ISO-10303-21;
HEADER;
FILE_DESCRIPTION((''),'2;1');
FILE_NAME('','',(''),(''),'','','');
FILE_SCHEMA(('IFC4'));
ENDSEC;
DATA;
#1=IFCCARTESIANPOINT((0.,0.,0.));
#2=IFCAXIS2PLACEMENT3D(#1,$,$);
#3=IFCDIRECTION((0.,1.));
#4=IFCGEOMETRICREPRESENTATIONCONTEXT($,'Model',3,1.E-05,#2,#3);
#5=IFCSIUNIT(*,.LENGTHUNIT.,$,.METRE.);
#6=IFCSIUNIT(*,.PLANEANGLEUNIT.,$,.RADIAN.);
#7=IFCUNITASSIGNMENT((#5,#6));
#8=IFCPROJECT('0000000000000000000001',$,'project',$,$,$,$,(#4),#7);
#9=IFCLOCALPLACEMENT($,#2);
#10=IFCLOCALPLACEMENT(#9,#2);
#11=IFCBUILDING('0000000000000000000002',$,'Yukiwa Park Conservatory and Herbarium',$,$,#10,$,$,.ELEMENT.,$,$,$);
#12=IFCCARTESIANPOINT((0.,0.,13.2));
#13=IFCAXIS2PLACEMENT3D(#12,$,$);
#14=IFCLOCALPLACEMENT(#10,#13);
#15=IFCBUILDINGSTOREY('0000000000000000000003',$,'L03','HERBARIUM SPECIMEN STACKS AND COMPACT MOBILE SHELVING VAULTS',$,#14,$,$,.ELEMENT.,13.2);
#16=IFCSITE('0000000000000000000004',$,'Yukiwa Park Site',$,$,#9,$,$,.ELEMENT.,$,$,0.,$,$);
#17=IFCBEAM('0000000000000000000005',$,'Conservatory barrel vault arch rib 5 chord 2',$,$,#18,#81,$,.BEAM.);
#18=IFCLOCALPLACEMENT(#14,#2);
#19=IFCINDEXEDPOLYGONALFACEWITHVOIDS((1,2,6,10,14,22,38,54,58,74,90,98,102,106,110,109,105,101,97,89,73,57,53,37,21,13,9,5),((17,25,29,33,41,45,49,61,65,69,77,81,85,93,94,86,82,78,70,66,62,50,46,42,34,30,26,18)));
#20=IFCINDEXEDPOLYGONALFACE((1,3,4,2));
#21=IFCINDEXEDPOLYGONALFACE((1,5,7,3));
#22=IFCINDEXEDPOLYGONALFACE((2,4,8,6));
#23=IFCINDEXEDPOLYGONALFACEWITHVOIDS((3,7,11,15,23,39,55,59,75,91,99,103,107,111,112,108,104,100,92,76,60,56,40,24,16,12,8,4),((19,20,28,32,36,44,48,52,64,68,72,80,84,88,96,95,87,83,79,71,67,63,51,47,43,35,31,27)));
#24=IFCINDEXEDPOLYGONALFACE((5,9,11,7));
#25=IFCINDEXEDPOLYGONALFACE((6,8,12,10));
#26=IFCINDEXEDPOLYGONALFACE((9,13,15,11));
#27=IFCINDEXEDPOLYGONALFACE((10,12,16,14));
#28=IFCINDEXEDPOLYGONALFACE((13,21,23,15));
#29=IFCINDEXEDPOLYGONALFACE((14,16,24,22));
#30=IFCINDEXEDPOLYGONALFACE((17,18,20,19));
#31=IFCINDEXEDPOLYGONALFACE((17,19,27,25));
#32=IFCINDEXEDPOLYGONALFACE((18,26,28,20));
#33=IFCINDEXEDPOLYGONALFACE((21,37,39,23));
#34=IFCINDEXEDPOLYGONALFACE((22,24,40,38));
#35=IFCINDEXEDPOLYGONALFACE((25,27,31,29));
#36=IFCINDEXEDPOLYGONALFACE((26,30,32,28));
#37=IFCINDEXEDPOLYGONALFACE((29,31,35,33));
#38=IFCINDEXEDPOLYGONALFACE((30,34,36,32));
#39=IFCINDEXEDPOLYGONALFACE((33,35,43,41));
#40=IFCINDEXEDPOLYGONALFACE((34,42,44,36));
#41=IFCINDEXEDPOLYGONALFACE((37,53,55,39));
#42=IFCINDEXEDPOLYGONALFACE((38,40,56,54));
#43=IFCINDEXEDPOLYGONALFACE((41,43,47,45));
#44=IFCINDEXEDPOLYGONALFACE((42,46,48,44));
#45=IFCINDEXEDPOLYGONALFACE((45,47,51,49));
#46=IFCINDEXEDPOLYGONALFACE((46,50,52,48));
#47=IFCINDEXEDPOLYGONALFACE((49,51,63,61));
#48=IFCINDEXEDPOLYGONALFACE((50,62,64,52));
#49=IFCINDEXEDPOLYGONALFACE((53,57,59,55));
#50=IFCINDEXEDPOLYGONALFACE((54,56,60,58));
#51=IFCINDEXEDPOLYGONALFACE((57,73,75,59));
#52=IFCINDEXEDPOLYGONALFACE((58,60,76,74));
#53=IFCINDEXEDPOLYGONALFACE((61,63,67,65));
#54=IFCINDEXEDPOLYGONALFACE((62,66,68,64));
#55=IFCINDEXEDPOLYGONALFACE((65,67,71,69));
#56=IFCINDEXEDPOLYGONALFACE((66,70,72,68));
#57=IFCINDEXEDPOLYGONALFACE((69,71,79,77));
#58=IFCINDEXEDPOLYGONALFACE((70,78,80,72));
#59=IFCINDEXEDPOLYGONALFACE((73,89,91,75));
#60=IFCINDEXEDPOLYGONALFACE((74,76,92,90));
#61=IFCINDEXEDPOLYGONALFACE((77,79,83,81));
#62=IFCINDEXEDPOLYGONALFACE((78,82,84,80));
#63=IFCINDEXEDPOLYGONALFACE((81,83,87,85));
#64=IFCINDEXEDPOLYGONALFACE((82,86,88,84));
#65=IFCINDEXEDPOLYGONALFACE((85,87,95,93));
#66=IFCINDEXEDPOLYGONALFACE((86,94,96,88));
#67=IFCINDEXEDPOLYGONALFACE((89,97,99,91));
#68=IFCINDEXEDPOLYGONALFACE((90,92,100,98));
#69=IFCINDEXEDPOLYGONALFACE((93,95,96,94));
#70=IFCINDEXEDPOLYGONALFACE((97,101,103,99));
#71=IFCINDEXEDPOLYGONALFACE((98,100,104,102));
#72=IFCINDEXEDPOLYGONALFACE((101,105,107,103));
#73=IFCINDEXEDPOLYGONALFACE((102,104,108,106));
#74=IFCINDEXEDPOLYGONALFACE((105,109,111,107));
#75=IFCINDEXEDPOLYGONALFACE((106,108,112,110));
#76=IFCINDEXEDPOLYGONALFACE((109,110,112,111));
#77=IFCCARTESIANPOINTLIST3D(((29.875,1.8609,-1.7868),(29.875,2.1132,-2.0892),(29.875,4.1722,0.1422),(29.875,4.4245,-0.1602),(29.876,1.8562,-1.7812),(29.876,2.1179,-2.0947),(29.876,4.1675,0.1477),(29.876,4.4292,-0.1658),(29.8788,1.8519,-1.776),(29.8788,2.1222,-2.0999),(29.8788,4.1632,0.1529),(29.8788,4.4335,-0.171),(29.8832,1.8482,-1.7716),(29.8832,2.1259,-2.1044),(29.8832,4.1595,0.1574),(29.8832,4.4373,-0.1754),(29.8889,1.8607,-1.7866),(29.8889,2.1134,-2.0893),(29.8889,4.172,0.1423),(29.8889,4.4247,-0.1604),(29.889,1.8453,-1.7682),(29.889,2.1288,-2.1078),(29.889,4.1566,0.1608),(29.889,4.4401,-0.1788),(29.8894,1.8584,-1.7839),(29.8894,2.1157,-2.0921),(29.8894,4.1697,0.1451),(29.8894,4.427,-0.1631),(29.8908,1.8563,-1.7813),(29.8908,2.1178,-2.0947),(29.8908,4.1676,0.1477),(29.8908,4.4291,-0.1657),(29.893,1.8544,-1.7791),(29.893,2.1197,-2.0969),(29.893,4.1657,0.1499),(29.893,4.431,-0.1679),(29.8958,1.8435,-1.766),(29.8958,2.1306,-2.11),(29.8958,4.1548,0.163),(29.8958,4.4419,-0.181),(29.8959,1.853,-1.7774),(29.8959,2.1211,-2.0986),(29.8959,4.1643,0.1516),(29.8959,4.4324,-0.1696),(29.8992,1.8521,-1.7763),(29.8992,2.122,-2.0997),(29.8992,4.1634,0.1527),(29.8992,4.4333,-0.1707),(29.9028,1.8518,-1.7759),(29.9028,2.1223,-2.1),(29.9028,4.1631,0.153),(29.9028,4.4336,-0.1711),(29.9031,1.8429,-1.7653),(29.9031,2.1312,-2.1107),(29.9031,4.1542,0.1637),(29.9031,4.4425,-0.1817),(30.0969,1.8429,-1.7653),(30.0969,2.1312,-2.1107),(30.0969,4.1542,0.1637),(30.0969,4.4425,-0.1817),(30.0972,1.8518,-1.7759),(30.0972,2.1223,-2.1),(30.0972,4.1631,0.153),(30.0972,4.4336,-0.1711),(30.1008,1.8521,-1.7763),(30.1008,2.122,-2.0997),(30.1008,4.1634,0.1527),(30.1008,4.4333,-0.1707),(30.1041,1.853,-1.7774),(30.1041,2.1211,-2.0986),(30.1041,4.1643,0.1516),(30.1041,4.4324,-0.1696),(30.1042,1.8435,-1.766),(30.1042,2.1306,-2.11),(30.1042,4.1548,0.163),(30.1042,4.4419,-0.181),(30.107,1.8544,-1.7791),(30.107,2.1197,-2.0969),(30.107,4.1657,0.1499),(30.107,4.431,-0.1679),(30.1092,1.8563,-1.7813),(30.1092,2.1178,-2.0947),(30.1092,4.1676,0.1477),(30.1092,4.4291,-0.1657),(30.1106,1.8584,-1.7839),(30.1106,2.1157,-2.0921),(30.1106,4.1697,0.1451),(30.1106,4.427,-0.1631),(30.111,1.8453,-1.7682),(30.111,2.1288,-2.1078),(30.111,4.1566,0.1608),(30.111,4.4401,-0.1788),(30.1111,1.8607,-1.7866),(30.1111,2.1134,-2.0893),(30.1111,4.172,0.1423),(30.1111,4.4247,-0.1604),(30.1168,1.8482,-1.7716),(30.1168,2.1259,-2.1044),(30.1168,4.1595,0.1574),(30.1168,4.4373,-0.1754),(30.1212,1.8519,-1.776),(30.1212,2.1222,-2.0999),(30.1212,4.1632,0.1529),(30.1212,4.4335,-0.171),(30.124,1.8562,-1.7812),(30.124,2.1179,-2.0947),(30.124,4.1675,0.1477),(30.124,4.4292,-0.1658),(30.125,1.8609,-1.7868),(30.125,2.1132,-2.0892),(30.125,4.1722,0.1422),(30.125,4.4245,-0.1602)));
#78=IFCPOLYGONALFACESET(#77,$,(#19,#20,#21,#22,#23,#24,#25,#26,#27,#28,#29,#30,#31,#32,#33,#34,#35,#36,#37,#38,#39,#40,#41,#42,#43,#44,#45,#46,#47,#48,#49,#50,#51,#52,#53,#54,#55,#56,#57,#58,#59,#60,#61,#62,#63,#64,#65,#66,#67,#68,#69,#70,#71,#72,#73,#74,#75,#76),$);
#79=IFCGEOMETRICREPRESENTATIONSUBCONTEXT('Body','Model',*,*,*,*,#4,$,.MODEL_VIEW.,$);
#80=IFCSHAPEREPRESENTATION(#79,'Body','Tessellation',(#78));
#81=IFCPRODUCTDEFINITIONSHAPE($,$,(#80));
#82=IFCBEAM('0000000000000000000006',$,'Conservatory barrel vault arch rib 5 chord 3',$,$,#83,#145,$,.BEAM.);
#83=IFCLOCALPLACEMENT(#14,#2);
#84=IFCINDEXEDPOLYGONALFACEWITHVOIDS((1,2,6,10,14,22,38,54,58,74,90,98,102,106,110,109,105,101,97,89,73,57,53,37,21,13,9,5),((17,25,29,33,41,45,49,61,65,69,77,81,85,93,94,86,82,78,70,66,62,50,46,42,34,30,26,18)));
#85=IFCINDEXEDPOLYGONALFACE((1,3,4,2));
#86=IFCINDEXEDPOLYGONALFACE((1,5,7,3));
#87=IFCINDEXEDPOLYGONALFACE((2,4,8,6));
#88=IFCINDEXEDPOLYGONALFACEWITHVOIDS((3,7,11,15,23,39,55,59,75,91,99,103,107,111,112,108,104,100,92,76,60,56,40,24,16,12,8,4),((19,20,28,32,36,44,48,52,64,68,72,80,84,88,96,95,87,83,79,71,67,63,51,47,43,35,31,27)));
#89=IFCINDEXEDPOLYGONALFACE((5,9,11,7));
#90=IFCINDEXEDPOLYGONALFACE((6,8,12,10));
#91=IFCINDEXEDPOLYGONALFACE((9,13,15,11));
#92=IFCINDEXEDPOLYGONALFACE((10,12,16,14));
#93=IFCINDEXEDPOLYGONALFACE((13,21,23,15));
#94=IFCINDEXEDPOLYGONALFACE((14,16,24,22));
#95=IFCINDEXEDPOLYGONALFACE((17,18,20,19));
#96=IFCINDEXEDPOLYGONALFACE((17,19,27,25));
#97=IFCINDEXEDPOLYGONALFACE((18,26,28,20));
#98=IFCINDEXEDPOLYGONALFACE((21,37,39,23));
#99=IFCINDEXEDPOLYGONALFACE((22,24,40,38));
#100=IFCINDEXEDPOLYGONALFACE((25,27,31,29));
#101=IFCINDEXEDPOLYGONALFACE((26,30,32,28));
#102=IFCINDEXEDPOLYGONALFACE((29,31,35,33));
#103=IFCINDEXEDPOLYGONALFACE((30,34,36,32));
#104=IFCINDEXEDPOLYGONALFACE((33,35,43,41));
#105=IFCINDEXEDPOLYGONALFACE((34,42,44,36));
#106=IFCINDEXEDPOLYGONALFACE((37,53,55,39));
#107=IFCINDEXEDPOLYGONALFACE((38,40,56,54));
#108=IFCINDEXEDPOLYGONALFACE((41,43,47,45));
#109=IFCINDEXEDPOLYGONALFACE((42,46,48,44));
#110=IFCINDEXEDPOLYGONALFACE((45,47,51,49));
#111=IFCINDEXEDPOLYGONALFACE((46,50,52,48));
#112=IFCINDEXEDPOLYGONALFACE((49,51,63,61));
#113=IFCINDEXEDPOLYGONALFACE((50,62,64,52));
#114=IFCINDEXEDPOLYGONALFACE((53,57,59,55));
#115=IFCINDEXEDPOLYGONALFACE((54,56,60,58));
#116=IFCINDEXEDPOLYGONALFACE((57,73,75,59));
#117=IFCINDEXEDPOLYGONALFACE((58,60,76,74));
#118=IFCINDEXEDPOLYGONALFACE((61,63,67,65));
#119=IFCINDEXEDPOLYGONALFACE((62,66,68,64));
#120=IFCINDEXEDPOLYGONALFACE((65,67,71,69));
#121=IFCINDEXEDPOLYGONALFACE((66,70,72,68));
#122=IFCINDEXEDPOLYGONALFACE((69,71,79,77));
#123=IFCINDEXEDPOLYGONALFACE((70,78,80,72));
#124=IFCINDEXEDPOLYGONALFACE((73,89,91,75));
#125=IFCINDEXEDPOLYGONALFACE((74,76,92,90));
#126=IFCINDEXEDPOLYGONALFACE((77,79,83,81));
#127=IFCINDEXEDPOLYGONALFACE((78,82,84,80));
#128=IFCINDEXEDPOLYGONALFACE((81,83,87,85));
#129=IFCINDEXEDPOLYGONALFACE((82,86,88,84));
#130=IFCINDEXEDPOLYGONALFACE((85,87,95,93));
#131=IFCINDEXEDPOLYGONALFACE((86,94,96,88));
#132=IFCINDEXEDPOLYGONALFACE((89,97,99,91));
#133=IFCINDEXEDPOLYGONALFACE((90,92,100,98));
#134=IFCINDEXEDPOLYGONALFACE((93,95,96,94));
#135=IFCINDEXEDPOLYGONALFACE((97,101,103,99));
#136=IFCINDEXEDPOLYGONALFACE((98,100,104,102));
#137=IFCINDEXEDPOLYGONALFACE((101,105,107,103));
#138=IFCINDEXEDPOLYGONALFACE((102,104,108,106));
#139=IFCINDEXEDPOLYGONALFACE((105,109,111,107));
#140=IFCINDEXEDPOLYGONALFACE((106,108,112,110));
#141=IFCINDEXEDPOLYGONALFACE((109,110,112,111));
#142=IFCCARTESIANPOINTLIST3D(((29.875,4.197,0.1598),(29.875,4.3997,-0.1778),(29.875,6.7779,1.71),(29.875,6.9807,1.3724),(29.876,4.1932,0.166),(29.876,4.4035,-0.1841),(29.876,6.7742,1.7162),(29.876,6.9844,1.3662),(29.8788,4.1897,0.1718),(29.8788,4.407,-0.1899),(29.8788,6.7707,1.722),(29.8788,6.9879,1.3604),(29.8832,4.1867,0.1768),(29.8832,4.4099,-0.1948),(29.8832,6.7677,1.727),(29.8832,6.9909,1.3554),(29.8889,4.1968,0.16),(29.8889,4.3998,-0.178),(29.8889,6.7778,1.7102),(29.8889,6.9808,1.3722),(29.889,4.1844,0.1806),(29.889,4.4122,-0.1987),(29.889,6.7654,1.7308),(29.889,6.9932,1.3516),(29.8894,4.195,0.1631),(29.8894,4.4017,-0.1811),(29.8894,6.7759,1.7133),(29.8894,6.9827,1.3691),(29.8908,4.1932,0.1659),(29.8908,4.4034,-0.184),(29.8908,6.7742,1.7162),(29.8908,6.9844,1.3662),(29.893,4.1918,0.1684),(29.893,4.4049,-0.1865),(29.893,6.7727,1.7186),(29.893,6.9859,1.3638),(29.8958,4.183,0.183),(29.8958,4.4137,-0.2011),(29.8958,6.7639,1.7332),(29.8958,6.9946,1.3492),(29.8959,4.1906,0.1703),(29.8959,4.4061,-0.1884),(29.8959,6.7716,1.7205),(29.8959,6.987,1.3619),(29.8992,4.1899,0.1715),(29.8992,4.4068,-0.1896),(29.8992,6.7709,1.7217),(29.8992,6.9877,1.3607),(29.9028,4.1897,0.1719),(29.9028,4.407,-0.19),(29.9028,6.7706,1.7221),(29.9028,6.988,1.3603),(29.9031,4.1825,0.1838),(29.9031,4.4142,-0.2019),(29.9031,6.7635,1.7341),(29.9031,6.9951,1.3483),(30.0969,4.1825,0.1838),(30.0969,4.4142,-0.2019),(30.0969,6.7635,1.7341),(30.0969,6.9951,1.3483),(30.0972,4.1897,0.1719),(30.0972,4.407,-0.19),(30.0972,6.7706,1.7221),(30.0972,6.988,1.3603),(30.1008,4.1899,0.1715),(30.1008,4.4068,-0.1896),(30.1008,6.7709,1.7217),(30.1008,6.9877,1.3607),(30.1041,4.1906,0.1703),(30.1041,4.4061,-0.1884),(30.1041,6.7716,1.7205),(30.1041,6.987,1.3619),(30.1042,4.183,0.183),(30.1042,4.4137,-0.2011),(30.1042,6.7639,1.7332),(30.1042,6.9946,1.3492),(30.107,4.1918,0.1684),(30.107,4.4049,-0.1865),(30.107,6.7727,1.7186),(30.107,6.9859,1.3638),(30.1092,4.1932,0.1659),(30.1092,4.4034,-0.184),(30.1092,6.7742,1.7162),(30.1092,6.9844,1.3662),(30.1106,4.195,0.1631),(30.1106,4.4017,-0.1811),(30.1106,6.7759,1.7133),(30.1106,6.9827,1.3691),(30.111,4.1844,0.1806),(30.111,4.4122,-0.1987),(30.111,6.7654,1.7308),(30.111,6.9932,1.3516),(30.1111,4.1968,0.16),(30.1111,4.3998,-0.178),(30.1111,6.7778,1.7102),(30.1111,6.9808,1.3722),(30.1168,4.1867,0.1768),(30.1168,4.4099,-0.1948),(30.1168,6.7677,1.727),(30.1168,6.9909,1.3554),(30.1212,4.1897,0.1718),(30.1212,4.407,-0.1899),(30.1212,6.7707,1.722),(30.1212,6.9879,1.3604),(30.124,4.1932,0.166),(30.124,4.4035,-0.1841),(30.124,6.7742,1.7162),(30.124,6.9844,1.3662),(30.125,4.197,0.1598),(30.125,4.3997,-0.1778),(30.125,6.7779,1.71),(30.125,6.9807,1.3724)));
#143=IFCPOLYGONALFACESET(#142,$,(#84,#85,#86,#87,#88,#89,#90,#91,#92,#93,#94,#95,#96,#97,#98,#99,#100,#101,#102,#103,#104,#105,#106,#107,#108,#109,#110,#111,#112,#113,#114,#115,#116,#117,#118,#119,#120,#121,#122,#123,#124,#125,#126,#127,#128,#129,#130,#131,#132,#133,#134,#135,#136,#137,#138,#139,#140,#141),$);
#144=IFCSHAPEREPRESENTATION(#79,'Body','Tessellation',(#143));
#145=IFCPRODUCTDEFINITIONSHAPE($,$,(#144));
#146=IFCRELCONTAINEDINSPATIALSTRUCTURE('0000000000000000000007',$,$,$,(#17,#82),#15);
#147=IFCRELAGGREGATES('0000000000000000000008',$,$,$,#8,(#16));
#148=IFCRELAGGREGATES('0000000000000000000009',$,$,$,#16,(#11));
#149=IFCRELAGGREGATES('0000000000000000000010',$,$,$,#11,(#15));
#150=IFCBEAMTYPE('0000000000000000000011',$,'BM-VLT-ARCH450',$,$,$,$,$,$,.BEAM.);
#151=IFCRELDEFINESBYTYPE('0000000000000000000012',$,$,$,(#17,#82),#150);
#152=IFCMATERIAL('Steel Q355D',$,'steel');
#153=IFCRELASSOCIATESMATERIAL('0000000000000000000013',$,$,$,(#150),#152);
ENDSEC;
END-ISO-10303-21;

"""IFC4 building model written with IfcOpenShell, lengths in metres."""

from ifc_helpers import new_model, si_unit, direction, frame, origin, origin_2d, place, context, subcontext, project, spatial, hollow_rectangle, extrude, material, material_profile, profile_set, type_object, element, save


model = new_model("IFC4")

# Units and contexts
model_context = context("Model", 3, precision=1e-05, world=origin(), true_north=direction((0.0, 1.0)))
body_context = subcontext(model_context, "Body", "Model", "MODEL_VIEW")
ifc_project = project(units=[si_unit("LENGTHUNIT", "METRE"), si_unit("PLANEANGLEUNIT", "RADIAN")], contexts=[model_context])

# Site, building, storey
site_placement = place(None, origin())
site = spatial("IfcSite", under=ifc_project, at=site_placement, Name="Yukiwa Park Site", CompositionType="ELEMENT", RefElevation=0.0)
building_placement = place(site_placement, origin())
building = spatial("IfcBuilding", under=site, at=building_placement, Name="Yukiwa Park Conservatory and Herbarium", CompositionType="ELEMENT")
storey_placement = place(building_placement, frame((0.0, 0.0, 13.2)))
storey = spatial("IfcBuildingStorey", under=building, at=storey_placement, Name="L03", Description="HERBARIUM SPECIMEN STACKS AND COMPACT MOBILE SHELVING VAULTS", CompositionType="ELEMENT", Elevation=13.2)

# Beams
ifc_material_1 = material(Name="Steel Q355D", Category="steel")
ifc_material_profile_1 = material_profile(ifc_material_1, hollow_rectangle(XDim=0.25, YDim=0.45, WallThickness=0.0139, InnerFilletRadius=0.0139, OuterFilletRadius=0.0281, at=origin_2d()), Name="RHS 450x250x14")
ifc_profile_set_1 = profile_set([ifc_material_profile_1], Name="Steel Q355D")
beam_type = type_object("IfcBeamType", Name="BM-VLT-ARCH450", PredefinedType="BEAM", material=ifc_profile_set_1)
beam_placement = place(storey_placement, frame((30.0, 1.9871, -1.938), z_axis=(0.0, 0.767749, 0.640751), x_axis=(-1.0, 0.0, 0.0)))
element("IfcBeam", 1, at=beam_placement, inside=storey, type_object=beam_type, Name="Conservatory barrel vault arch rib 5 chord 2", PredefinedType="BEAM", context=body_context, shape_type="SweptSolid", body=[
    extrude(hollow_rectangle(XDim=0.25, YDim=0.45, WallThickness=0.0139, InnerFilletRadius=0.0139, OuterFilletRadius=0.0281, at=origin_2d()), origin(), (0.0, 0.0, 1.0), 3.0105),
])
for number, where, z_axis, x_axis, name in (
    (2, (30.0, 4.2983, -0.009), (0.0, 0.85725, 0.514901), (-1.0, 0.0, 0.0), "Conservatory barrel vault arch rib 5 chord 3"),
):
    element("IfcBeam", number, at=place(storey_placement, frame(where, z_axis=z_axis, x_axis=x_axis)), inside=storey, type_object=beam_type, Name=name, PredefinedType="BEAM", context=body_context, shape_type="SweptSolid", body=[
        extrude(hollow_rectangle(XDim=0.25, YDim=0.45, WallThickness=0.0139, InnerFilletRadius=0.0139, OuterFilletRadius=0.0281, at=origin_2d()), origin(), (0.0, 0.0, 1.0), 3.0107),
    ])

save(model, "model.ifc")
